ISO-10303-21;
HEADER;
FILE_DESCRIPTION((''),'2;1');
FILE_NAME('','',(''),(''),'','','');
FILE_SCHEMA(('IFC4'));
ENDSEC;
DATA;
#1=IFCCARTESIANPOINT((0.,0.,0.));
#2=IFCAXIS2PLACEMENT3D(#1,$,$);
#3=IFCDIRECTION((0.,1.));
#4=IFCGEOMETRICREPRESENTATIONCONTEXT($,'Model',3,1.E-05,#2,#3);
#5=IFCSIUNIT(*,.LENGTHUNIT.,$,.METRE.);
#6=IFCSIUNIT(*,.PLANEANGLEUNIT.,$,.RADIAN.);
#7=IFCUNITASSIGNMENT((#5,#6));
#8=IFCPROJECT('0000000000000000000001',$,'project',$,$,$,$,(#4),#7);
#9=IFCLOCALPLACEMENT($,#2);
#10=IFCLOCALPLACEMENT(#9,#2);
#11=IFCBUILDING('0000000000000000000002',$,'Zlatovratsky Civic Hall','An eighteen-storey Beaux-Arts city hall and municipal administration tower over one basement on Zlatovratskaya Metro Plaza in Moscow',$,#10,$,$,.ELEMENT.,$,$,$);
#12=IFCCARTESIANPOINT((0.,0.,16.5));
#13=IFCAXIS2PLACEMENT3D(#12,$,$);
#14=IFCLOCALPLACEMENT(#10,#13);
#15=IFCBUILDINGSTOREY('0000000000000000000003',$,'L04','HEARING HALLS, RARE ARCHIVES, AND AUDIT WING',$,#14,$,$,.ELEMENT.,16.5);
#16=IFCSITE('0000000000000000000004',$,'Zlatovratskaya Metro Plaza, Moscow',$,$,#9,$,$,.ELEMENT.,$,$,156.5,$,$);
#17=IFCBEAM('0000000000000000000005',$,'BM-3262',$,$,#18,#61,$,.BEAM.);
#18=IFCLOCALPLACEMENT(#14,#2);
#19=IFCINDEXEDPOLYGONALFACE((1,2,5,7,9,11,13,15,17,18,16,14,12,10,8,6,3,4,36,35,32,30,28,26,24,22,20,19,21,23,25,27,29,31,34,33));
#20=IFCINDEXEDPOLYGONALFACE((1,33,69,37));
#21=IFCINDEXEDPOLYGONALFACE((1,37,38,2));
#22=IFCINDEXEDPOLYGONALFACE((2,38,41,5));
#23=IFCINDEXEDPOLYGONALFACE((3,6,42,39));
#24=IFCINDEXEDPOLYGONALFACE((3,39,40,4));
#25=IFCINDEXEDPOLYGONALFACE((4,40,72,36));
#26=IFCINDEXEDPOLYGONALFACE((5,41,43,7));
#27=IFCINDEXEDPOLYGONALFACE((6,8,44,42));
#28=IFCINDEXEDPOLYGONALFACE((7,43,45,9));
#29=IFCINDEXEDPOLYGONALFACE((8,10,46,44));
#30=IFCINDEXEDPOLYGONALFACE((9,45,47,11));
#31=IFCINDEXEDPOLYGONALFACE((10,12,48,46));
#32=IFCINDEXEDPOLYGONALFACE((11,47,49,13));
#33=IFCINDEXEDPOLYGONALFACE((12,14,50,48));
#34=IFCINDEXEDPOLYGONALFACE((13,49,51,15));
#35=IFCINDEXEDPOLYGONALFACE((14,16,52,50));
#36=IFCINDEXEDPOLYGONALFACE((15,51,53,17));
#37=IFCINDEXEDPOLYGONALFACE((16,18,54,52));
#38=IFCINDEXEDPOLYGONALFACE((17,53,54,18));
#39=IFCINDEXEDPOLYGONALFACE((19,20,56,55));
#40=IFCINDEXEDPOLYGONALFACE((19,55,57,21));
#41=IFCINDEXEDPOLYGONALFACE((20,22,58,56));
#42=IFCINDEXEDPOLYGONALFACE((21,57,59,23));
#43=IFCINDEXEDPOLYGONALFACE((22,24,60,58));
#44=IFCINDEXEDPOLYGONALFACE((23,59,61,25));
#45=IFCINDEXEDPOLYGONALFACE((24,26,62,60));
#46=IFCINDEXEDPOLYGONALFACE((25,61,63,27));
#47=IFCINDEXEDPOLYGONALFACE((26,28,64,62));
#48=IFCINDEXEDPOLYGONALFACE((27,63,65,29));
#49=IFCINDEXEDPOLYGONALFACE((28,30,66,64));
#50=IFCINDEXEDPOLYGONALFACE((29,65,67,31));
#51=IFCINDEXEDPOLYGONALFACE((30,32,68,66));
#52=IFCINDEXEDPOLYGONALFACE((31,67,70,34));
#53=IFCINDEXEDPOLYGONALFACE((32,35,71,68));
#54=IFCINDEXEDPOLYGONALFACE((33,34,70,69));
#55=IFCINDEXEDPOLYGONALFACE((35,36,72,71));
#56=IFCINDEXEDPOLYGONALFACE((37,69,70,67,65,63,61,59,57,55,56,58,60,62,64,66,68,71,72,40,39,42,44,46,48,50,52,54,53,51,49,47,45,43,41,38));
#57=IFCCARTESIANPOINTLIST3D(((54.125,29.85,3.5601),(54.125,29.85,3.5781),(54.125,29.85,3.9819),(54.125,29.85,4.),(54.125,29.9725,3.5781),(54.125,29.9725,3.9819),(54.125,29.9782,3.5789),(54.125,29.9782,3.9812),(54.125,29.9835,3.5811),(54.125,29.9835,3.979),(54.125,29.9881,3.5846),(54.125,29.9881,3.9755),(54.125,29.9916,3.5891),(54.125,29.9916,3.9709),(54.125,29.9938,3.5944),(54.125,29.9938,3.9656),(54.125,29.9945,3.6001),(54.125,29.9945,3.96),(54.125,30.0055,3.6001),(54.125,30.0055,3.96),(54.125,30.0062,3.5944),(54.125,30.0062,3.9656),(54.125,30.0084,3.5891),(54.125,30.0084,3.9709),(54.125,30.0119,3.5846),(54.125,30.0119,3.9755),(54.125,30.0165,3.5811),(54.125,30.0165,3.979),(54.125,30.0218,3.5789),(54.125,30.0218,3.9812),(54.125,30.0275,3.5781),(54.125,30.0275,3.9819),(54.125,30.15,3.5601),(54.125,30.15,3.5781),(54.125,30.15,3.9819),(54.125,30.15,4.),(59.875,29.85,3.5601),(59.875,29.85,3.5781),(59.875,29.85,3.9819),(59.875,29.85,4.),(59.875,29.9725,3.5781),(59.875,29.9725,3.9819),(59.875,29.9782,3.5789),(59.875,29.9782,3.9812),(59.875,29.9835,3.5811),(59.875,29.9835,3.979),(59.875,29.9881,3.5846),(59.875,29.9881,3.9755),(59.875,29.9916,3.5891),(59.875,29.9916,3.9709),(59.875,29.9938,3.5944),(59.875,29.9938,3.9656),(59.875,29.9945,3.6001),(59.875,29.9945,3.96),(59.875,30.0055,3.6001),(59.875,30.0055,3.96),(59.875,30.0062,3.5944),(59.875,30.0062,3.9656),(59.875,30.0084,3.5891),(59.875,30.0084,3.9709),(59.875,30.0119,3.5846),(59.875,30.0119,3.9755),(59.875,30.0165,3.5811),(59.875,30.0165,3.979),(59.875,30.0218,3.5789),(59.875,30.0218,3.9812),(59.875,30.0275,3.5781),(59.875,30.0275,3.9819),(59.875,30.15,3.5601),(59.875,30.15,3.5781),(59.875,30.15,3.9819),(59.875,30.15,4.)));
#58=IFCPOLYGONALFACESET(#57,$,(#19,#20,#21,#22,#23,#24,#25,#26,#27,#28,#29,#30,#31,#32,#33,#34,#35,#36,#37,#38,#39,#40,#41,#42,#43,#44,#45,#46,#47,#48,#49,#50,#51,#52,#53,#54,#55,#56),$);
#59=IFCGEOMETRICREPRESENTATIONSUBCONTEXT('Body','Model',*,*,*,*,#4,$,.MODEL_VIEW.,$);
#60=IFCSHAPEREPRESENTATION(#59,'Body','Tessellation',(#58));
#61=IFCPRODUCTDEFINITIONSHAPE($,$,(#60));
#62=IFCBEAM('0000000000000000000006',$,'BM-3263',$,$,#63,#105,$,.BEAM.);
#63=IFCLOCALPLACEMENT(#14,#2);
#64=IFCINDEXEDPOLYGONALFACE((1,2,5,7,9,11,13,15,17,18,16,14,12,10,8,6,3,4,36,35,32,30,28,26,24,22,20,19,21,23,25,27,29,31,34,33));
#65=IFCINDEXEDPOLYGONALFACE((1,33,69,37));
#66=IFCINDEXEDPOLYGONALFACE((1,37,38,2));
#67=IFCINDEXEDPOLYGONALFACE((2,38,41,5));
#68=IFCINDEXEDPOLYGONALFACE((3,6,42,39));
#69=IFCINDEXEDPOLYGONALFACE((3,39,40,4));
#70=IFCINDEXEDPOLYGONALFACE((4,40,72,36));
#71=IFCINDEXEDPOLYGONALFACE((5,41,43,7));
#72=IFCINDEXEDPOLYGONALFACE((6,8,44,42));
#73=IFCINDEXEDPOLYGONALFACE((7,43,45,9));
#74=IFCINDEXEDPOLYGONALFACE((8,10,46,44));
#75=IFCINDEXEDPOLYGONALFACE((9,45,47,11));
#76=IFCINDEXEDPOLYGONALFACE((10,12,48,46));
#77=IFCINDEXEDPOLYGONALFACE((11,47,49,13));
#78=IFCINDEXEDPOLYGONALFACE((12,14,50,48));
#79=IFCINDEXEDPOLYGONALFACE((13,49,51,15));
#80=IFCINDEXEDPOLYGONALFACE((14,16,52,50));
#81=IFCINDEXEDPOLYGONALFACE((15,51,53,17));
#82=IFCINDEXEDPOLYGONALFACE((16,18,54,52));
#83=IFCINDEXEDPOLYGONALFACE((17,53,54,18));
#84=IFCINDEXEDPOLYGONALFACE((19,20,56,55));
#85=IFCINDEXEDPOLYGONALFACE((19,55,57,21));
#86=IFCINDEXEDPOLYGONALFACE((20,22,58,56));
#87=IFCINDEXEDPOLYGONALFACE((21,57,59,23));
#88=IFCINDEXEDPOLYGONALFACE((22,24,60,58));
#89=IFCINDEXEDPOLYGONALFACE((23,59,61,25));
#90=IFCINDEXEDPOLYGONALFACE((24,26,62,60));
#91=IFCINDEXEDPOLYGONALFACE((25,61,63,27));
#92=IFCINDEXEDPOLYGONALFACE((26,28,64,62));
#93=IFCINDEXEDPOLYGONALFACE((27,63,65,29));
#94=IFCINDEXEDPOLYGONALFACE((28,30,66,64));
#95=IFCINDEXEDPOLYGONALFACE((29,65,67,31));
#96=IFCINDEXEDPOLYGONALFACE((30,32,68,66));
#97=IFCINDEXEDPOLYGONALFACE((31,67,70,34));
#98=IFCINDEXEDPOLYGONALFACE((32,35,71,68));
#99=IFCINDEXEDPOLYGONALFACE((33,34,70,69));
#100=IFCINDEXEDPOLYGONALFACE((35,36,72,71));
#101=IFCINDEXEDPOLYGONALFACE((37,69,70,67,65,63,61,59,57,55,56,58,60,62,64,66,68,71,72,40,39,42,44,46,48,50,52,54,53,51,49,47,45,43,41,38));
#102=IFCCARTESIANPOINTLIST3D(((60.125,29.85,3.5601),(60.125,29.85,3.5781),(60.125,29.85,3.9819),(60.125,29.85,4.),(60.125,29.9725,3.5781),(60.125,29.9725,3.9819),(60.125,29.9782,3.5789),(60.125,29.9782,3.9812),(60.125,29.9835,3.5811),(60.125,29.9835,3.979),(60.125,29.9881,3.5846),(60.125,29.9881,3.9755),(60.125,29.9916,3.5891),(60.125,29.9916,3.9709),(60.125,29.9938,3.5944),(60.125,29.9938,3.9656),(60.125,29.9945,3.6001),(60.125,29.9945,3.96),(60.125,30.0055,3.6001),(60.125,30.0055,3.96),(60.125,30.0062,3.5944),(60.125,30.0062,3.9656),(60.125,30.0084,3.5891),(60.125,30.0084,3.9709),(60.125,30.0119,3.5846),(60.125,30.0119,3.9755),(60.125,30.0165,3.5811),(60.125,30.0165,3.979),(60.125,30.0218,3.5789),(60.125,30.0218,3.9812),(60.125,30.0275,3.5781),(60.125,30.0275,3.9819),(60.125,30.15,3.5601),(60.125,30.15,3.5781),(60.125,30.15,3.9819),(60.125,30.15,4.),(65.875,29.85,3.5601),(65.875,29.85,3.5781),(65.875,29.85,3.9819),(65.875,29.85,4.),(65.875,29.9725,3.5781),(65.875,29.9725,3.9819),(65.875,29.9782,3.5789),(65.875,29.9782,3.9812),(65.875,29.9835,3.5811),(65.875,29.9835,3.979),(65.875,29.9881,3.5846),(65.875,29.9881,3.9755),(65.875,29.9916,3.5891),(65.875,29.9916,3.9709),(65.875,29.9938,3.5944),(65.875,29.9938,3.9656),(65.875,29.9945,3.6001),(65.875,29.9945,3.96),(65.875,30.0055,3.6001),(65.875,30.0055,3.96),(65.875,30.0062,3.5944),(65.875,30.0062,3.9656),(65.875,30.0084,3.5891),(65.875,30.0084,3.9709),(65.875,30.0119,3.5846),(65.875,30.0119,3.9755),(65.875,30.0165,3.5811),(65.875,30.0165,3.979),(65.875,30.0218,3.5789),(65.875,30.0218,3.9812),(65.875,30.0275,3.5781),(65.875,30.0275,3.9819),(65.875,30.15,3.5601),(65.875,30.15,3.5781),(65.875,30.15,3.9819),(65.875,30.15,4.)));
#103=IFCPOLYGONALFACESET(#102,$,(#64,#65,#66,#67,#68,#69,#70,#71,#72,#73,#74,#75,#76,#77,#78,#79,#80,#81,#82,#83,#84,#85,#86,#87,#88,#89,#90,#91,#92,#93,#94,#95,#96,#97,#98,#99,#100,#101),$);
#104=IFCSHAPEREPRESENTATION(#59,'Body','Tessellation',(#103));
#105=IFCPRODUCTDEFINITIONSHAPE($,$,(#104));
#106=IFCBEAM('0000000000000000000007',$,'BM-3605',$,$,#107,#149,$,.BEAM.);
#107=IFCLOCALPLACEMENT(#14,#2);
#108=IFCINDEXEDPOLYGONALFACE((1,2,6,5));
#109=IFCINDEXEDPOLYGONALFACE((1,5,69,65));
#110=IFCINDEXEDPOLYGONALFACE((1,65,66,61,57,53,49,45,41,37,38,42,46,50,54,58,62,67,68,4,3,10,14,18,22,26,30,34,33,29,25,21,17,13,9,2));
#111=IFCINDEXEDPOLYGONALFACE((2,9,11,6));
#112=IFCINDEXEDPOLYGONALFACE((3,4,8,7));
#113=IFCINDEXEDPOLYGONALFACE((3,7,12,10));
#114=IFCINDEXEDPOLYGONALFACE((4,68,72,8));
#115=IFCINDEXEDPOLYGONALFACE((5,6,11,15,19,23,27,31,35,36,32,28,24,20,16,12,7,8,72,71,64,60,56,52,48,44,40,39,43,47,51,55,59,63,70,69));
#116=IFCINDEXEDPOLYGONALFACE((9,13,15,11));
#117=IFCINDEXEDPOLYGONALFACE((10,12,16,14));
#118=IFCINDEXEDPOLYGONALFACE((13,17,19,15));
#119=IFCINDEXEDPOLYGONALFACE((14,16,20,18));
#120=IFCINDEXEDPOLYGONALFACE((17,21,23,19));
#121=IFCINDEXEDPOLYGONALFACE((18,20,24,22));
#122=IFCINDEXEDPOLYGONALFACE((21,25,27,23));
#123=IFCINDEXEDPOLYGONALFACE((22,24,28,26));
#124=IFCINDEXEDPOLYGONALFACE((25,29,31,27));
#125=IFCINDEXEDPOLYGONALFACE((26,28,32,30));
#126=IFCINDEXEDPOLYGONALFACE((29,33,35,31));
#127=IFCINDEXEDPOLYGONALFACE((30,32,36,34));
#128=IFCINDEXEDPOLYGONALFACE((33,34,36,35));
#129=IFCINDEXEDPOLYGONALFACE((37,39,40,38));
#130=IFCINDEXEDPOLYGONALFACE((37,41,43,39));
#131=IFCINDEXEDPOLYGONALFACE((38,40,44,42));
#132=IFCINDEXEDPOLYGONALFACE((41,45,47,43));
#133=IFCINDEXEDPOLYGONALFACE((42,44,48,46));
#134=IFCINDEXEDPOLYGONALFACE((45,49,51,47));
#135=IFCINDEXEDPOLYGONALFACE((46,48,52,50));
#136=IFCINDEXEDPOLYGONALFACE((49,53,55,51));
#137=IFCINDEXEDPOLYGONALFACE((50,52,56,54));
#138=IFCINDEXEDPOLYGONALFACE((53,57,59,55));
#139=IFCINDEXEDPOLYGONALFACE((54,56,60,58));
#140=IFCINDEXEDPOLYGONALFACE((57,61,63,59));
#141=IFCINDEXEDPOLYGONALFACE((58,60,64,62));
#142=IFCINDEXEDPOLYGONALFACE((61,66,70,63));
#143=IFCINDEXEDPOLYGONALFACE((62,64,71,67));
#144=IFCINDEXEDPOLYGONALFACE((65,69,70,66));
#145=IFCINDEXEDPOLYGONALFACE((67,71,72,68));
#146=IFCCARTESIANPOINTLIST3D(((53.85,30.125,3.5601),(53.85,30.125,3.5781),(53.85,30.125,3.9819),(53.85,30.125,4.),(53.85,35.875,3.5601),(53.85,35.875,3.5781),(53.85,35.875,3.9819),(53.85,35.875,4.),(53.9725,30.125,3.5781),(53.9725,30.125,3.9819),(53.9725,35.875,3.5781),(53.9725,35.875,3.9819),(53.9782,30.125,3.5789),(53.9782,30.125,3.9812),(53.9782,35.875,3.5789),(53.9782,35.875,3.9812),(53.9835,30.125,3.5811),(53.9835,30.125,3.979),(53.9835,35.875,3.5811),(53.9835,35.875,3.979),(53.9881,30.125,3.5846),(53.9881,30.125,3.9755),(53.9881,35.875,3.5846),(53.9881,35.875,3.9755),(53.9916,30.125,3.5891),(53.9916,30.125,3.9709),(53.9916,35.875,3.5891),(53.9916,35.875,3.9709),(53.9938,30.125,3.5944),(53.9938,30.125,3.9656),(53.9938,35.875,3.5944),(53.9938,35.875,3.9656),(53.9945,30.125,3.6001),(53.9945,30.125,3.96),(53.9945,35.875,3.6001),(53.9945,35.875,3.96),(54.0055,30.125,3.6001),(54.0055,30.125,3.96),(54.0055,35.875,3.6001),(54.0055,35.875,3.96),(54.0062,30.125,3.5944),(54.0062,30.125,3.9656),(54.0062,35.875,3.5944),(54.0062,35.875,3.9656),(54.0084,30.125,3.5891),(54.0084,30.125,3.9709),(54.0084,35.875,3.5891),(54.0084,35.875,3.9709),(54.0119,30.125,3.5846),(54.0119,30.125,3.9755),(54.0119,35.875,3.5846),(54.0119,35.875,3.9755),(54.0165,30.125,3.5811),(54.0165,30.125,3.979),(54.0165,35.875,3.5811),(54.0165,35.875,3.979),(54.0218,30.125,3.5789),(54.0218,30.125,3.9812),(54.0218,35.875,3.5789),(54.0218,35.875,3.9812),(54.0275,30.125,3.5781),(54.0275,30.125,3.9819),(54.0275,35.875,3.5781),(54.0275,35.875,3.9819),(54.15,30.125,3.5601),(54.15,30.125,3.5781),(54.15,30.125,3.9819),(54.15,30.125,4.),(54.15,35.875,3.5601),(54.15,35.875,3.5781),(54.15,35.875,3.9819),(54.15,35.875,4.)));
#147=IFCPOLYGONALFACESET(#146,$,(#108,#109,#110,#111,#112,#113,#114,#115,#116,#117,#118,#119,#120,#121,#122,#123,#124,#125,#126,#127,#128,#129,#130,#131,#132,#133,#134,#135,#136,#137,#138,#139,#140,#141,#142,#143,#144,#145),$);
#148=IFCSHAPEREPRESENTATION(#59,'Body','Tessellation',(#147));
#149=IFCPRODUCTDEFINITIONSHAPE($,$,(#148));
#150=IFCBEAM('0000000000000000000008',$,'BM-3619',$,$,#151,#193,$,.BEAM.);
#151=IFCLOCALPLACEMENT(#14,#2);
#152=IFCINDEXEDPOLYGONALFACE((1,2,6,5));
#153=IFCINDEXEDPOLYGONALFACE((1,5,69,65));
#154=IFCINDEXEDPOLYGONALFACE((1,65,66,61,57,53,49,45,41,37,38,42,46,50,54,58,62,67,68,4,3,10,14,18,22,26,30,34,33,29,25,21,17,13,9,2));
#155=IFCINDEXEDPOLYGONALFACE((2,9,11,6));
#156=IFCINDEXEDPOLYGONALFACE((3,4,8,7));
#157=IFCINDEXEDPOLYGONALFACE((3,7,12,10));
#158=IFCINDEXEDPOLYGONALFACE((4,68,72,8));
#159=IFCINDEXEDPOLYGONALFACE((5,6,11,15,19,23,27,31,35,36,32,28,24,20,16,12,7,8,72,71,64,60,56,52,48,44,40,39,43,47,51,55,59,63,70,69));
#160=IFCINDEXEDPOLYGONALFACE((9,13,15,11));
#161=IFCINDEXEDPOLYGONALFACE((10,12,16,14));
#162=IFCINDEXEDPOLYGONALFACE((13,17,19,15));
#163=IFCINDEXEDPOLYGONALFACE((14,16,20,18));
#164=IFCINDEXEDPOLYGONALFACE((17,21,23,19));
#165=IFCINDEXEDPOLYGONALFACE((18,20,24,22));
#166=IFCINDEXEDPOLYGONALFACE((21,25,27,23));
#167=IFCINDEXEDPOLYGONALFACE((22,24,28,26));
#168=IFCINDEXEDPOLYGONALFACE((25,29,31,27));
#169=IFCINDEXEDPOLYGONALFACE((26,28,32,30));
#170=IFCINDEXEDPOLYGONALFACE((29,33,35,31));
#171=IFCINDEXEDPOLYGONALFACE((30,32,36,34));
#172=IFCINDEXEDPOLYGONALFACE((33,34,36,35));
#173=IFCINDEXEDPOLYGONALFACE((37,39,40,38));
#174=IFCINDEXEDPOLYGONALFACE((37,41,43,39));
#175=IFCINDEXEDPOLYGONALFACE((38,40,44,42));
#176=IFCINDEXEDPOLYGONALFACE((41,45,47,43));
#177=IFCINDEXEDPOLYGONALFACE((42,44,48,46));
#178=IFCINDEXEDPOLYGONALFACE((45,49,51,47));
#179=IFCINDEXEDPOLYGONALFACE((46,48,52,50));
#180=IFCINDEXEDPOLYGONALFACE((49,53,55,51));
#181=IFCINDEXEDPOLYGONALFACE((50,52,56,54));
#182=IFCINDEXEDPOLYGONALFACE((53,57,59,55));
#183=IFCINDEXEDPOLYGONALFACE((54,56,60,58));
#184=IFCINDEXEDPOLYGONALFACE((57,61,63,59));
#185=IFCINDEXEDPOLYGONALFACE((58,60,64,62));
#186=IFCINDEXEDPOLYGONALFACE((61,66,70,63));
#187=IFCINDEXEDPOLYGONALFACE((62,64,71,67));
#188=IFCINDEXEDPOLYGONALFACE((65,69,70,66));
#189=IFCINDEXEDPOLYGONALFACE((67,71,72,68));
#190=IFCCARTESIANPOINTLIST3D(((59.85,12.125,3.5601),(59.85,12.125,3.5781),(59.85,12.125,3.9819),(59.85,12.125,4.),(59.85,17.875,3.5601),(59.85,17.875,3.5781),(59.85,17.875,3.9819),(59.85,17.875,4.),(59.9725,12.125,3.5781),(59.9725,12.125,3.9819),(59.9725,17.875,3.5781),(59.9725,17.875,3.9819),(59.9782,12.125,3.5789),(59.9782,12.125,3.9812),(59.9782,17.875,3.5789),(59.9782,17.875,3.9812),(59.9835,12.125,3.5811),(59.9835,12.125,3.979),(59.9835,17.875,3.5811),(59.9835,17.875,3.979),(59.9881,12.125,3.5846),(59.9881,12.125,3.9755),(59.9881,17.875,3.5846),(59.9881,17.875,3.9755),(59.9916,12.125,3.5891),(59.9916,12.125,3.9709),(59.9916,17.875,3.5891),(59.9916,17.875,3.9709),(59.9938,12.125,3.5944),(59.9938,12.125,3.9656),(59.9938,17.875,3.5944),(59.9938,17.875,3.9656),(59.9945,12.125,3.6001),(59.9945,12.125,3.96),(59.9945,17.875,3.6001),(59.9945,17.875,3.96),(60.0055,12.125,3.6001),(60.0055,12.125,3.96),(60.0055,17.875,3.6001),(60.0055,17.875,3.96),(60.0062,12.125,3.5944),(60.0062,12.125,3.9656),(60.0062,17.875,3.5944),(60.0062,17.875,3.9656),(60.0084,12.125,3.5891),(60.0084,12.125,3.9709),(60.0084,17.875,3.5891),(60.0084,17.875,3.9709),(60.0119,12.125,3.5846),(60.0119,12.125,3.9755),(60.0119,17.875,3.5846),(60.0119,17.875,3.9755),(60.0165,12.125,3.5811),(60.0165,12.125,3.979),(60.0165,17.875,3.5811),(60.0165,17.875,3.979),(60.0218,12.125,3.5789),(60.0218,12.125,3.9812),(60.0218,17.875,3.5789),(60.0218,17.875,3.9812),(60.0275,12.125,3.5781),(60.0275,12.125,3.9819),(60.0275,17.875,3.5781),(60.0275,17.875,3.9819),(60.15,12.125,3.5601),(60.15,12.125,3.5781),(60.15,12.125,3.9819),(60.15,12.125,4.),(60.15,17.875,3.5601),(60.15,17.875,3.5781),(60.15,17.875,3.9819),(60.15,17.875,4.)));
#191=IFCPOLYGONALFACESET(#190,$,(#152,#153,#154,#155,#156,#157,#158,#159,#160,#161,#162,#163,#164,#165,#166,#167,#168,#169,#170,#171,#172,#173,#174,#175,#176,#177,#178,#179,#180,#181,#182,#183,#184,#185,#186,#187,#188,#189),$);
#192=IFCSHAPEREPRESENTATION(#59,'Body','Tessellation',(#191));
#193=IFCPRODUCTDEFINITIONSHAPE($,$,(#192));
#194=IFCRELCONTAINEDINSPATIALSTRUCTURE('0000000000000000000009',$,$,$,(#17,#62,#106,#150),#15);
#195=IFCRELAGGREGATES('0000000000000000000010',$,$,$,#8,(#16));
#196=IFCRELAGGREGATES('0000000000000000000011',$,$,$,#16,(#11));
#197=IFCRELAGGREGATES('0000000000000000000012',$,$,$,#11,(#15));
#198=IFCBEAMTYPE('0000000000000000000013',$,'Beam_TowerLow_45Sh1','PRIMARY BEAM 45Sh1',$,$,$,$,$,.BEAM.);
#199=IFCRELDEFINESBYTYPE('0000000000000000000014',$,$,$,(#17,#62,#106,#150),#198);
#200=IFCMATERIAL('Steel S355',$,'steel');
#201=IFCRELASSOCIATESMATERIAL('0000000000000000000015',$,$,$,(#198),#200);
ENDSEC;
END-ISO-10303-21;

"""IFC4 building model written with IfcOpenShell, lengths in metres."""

from ifc_helpers import new_model, si_unit, direction, frame, origin, origin_2d, place, context, subcontext, project, spatial, i_section, extrude, material, material_profile, profile_set, type_object, element, save


model = new_model("IFC4")

# Units and contexts
model_context = context("Model", 3, precision=1e-05, world=origin(), true_north=direction((0.0, 1.0)))
body_context = subcontext(model_context, "Body", "Model", "MODEL_VIEW")
ifc_project = project(units=[si_unit("LENGTHUNIT", "METRE"), si_unit("PLANEANGLEUNIT", "RADIAN")], contexts=[model_context])

# Site, building, storey
site_placement = place(None, origin())
site = spatial("IfcSite", under=ifc_project, at=site_placement, Name="Zlatovratskaya Metro Plaza, Moscow", CompositionType="ELEMENT", RefElevation=156.5)
building_placement = place(site_placement, origin())
building = spatial("IfcBuilding", under=site, at=building_placement, Name="Zlatovratsky Civic Hall", Description="An eighteen-storey Beaux-Arts city hall and municipal administration tower over one basement on Zlatovratskaya Metro Plaza in Moscow", CompositionType="ELEMENT")
storey_placement = place(building_placement, frame((0.0, 0.0, 16.5)))
storey = spatial("IfcBuildingStorey", under=building, at=storey_placement, Name="L04", Description="HEARING HALLS, RARE ARCHIVES, AND AUDIT WING", CompositionType="ELEMENT", Elevation=16.5)

# Shared definitions
ifc_material_1 = material(Name="Steel S355", Category="steel")

# Beams
ifc_material_profile_1 = material_profile(ifc_material_1, i_section(OverallWidth=0.3, OverallDepth=0.4399, WebThickness=0.011, FlangeThickness=0.0181, FilletRadius=0.022, at=origin_2d()), Name="45Sh1")
ifc_profile_set_1 = profile_set([ifc_material_profile_1], Name="Steel S355")
beam_type_1 = type_object("IfcBeamType", Name="Beam_TowerLow_45Sh1", Description="PRIMARY BEAM 45Sh1", PredefinedType="BEAM", material=ifc_profile_set_1)
for number, where, z_axis, x_axis, name in (
    (1, (54.125, 30.0, 3.78), (1.0, 0.0, 0.0), (0.0, 1.0, 0.0), "BM-3262"),
    (2, (60.125, 30.0, 3.78), (1.0, 0.0, 0.0), (0.0, 1.0, 0.0), "BM-3263"),
    (3, (54.0, 30.125, 3.78), (0.0, 1.0, 0.0), (-1.0, 0.0, 0.0), "BM-3605"),
    (4, (60.0, 12.125, 3.78), (0.0, 1.0, 0.0), (-1.0, 0.0, 0.0), "BM-3619"),
):
    element("IfcBeam", number, at=place(storey_placement, frame(where, z_axis=z_axis, x_axis=x_axis)), inside=storey, type_object=beam_type_1, Name=name, PredefinedType="BEAM", context=body_context, shape_type="SweptSolid", body=[
        extrude(i_section(OverallWidth=0.3, OverallDepth=0.4399, WebThickness=0.011, FlangeThickness=0.0181, FilletRadius=0.022, at=origin_2d()), origin(), (0.0, 0.0, 1.0), 5.75),
    ])

save(model, "model.ifc")
